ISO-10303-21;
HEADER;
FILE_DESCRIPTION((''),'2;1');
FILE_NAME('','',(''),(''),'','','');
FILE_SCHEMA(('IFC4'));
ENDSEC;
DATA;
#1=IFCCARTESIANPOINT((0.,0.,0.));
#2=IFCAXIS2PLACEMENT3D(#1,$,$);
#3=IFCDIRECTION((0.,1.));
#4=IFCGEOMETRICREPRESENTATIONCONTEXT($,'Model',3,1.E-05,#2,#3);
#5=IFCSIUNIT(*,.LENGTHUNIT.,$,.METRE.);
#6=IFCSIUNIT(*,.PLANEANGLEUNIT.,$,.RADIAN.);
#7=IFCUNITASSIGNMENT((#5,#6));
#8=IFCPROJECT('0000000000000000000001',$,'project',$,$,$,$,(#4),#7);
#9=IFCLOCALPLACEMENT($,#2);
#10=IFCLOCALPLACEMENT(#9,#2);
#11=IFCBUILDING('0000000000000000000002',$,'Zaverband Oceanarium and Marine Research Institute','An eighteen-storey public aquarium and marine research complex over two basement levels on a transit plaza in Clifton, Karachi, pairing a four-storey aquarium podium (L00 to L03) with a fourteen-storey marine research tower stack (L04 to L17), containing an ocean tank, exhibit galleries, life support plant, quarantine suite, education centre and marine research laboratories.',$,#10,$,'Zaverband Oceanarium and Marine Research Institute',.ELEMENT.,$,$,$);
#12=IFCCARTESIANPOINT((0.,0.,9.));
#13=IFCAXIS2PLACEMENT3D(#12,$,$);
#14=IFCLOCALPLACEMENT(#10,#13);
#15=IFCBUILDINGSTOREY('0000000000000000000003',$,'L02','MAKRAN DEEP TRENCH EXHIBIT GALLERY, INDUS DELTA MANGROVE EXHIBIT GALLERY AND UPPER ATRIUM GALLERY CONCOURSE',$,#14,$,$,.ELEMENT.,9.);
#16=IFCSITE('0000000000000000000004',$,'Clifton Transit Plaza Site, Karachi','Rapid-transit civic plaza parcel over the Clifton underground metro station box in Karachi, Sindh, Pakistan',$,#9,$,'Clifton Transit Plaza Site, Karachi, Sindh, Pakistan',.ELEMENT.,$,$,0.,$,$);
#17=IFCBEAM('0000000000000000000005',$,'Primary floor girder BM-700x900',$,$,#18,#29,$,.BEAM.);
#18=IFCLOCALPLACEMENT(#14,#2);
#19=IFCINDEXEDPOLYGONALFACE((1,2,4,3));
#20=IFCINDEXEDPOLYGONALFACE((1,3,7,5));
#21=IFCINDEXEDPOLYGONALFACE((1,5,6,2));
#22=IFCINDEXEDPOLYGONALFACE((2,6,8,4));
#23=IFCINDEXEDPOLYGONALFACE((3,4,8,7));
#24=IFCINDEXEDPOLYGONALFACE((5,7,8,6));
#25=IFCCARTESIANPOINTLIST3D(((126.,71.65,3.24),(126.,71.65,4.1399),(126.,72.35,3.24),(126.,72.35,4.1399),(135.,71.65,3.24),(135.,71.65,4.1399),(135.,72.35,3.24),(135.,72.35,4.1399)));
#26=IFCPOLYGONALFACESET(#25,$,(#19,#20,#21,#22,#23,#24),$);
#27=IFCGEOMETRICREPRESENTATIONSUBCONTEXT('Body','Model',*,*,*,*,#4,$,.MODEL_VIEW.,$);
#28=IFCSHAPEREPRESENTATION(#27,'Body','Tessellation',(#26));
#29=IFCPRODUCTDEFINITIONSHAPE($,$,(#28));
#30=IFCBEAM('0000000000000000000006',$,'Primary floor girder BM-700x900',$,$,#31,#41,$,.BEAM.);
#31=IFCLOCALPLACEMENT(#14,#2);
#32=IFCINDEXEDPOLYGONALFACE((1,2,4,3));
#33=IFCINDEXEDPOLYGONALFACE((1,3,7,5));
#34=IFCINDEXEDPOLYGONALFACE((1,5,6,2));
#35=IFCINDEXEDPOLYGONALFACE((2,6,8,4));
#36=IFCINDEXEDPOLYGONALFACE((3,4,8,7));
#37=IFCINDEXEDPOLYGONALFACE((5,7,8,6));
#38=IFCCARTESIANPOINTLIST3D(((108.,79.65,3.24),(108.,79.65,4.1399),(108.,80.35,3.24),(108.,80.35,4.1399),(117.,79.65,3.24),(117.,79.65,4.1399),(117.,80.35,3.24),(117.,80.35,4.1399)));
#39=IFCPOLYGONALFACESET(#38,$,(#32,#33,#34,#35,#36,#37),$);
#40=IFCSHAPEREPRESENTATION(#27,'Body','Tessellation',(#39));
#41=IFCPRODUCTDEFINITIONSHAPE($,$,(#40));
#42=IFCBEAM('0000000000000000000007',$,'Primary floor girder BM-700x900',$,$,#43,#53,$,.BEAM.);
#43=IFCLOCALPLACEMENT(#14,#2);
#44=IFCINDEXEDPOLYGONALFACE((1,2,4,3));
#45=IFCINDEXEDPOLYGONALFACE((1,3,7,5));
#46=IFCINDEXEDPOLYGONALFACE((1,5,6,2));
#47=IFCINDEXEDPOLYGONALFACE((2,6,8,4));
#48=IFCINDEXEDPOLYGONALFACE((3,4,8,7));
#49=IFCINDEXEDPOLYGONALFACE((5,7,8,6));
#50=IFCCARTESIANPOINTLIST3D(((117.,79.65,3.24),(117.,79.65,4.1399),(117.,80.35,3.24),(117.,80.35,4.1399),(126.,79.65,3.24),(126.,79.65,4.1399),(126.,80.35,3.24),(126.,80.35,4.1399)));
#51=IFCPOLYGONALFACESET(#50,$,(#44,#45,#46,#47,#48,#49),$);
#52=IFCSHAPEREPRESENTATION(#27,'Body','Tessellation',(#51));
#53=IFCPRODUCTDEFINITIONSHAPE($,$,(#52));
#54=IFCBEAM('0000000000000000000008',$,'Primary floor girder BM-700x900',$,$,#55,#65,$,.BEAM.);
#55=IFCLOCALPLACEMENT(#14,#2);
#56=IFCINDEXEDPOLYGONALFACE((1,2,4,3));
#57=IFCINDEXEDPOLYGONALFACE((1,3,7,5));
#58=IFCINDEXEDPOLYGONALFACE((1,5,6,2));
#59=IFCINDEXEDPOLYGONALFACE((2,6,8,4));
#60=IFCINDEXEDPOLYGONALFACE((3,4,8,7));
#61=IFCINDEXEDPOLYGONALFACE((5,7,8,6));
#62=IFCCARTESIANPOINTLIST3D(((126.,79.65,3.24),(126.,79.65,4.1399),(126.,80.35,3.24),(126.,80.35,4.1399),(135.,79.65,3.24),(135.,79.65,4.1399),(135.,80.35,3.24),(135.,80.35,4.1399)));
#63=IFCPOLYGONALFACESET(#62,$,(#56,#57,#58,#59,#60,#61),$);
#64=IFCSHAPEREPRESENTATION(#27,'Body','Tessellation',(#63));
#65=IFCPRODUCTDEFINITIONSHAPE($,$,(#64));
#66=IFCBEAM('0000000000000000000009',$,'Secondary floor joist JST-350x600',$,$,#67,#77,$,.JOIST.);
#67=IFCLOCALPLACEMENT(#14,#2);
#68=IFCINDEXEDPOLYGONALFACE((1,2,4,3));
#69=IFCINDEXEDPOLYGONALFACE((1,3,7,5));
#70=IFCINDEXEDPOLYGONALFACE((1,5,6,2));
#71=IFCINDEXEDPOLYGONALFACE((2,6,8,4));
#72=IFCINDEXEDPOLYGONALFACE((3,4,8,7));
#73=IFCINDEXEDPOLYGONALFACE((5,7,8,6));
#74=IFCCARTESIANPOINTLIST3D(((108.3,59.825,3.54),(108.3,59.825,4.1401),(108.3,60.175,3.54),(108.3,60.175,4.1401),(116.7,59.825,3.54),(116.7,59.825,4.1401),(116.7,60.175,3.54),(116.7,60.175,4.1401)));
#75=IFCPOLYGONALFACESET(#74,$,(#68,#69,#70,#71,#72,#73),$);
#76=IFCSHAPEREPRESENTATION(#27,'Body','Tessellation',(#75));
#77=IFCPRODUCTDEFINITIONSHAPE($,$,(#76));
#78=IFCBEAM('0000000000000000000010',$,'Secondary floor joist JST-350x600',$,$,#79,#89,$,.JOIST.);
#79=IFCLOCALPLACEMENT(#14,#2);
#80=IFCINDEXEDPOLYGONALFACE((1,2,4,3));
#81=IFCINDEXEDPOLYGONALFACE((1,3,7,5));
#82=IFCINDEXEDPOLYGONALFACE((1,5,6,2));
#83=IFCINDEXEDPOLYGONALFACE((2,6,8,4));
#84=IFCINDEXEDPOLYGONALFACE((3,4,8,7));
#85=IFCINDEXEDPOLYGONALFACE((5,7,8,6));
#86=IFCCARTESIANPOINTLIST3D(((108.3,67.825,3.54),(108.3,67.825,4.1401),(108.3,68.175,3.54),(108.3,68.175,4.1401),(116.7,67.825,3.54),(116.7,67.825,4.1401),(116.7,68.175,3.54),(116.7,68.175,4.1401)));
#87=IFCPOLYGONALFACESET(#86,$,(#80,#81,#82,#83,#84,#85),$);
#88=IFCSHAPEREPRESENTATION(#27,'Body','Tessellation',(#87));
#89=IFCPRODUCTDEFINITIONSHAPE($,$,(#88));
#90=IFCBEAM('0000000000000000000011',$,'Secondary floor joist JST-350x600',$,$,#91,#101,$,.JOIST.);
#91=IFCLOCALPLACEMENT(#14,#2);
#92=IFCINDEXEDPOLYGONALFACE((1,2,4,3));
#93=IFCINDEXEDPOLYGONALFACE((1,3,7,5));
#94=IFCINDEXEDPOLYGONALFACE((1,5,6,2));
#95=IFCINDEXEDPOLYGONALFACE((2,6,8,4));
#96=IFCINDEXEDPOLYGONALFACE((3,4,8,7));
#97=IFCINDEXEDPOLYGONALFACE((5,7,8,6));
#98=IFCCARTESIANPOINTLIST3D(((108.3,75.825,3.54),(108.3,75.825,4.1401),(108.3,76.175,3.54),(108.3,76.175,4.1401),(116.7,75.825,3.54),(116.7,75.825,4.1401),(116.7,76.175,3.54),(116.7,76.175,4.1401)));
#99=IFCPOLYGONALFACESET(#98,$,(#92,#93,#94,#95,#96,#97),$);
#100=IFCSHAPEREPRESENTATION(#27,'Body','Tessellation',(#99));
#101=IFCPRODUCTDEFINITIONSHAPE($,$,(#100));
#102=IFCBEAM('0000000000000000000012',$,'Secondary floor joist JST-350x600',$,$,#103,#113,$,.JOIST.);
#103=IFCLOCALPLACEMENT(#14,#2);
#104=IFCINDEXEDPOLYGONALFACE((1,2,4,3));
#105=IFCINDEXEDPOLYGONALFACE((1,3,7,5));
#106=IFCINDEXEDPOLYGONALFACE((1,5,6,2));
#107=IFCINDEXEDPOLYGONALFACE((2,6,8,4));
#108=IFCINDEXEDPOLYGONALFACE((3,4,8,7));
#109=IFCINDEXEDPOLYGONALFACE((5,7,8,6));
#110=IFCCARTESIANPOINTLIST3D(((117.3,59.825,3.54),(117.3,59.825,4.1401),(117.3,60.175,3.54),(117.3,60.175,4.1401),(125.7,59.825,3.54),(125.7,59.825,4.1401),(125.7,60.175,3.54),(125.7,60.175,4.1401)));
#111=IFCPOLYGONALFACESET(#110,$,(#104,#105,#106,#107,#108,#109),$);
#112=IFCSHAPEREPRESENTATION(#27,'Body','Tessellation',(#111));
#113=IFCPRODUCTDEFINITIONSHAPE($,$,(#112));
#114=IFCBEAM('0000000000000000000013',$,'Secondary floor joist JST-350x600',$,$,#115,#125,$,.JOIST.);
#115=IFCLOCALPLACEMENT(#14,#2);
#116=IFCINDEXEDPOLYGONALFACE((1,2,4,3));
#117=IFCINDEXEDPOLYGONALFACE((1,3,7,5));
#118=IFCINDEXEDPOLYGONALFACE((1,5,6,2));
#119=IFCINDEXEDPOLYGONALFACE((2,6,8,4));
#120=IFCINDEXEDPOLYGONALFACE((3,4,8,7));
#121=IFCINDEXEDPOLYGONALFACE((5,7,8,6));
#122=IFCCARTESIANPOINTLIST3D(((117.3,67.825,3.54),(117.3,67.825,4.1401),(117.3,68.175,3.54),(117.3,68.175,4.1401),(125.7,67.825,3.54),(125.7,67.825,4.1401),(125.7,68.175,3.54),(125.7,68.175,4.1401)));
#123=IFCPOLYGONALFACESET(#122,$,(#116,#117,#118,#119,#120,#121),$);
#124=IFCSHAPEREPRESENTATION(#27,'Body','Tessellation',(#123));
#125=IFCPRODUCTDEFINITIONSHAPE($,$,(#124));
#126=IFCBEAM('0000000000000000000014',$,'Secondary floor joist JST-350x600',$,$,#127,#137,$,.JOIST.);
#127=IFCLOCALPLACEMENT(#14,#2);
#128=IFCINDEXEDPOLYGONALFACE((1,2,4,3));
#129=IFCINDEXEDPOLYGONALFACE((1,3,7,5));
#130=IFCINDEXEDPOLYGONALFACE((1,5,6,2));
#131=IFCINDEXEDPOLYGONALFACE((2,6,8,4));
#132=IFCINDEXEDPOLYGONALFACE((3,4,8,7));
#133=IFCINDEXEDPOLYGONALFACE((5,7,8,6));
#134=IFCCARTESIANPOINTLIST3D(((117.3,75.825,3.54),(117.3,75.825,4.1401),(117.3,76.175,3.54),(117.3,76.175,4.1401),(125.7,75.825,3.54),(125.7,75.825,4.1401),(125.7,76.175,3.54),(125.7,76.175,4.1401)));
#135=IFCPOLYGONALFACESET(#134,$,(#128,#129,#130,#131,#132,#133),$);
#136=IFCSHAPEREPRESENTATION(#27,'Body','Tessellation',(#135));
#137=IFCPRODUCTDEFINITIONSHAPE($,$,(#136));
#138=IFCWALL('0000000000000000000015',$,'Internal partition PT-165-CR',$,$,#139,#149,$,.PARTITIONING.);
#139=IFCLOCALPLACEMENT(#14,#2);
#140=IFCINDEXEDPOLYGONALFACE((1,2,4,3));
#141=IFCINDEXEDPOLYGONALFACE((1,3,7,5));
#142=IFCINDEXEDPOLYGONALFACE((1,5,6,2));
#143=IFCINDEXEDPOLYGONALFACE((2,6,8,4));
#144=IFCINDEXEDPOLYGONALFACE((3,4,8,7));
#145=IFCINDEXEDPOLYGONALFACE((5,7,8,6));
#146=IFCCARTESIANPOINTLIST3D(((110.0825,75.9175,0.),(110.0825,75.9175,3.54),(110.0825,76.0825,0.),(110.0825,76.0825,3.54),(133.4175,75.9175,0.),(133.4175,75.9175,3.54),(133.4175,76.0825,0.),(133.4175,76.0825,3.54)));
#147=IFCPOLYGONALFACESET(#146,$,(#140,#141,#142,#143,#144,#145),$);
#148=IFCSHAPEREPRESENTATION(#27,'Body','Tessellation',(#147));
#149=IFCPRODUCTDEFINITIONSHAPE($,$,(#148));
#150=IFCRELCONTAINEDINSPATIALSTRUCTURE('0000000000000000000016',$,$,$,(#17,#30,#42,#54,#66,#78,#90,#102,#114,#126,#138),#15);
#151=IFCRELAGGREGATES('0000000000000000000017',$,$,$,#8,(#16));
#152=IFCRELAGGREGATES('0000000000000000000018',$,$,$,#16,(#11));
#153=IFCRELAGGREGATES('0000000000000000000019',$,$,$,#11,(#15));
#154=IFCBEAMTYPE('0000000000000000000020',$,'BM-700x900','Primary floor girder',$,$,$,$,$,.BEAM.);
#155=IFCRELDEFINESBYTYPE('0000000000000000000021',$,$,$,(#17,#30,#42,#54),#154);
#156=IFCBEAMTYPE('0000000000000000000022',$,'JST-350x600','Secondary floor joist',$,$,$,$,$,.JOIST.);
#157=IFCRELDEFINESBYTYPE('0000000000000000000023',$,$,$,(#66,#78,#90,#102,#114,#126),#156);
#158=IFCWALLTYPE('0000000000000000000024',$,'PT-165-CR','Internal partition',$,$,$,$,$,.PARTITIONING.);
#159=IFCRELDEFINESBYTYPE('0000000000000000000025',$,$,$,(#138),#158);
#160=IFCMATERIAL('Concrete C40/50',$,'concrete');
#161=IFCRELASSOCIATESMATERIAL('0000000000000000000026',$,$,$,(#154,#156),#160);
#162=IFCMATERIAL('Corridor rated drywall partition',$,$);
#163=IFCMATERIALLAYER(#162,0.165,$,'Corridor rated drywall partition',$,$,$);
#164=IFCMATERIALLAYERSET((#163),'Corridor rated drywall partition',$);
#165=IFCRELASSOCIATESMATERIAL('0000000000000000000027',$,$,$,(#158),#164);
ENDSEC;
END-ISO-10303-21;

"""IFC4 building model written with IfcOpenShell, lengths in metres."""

from ifc_helpers import new_model, si_unit, direction, frame, frame_2d, origin, origin_2d, place, context, subcontext, project, spatial, rectangle, extrude, material, layer, layer_set, material_profile, profile_set, type_object, element, save


model = new_model("IFC4")

# Units and contexts
model_context = context("Model", 3, precision=1e-05, world=origin(), true_north=direction((0.0, 1.0)))
body_context = subcontext(model_context, "Body", "Model", "MODEL_VIEW")
ifc_project = project(units=[si_unit("LENGTHUNIT", "METRE"), si_unit("PLANEANGLEUNIT", "RADIAN")], contexts=[model_context])

# Site, building, storey
site_placement = place(None, origin())
site = spatial("IfcSite", under=ifc_project, at=site_placement, Name="Clifton Transit Plaza Site, Karachi", Description="Rapid-transit civic plaza parcel over the Clifton underground metro station box in Karachi, Sindh, Pakistan", LongName="Clifton Transit Plaza Site, Karachi, Sindh, Pakistan", CompositionType="ELEMENT", RefElevation=0.0)
building_placement = place(site_placement, origin())
building = spatial("IfcBuilding", under=site, at=building_placement, Name="Zaverband Oceanarium and Marine Research Institute", Description="An eighteen-storey public aquarium and marine research complex over two basement levels on a transit plaza in Clifton, Karachi, pairing a four-storey aquarium podium (L00 to L03) with a fourteen-storey marine research tower stack (L04 to L17), containing an ocean tank, exhibit galleries, life support plant, quarantine suite, education centre and marine research laboratories.", LongName="Zaverband Oceanarium and Marine Research Institute", CompositionType="ELEMENT")
storey_placement = place(building_placement, frame((0.0, 0.0, 9.0)))
storey = spatial("IfcBuildingStorey", under=building, at=storey_placement, Name="L02", Description="MAKRAN DEEP TRENCH EXHIBIT GALLERY, INDUS DELTA MANGROVE EXHIBIT GALLERY AND UPPER ATRIUM GALLERY CONCOURSE", CompositionType="ELEMENT", Elevation=9.0)

# Beams
ifc_material_1 = material(Name="Concrete C40/50", Category="concrete")
ifc_material_profile_1 = material_profile(ifc_material_1, rectangle(XDim=0.7, YDim=0.8999, at=origin_2d()), Name="RC700x900")
ifc_profile_set_1 = profile_set([ifc_material_profile_1], Name="Concrete C40/50")
beam_type_1 = type_object("IfcBeamType", Name="BM-700x900", Description="Primary floor girder", PredefinedType="BEAM", material=ifc_profile_set_1)
for number, where, z_axis, x_axis, name in (
    (1, (126.0, 72.0, 3.6899), (1.0, 0.0, 0.0), (0.0, 1.0, 0.0), "Primary floor girder BM-700x900"),
    (2, (108.0, 80.0, 3.6899), (1.0, 0.0, 0.0), (0.0, 1.0, 0.0), "Primary floor girder BM-700x900"),
    (3, (117.0, 80.0, 3.6899), (1.0, 0.0, 0.0), (0.0, 1.0, 0.0), "Primary floor girder BM-700x900"),
    (4, (126.0, 80.0, 3.6899), (1.0, 0.0, 0.0), (0.0, 1.0, 0.0), "Primary floor girder BM-700x900"),
):
    element("IfcBeam", number, at=place(storey_placement, frame(where, z_axis=z_axis, x_axis=x_axis)), inside=storey, type_object=beam_type_1, Name=name, PredefinedType="BEAM", context=body_context, shape_type="SweptSolid", body=[
        extrude(rectangle(XDim=0.7, YDim=0.8999, at=origin_2d()), origin(), (0.0, 0.0, 1.0), 9.0),
    ])
ifc_material_profile_2 = material_profile(ifc_material_1, rectangle(XDim=0.3501, YDim=0.6001, at=origin_2d()), Name="RC350x600")
ifc_profile_set_2 = profile_set([ifc_material_profile_2], Name="Concrete C40/50")
beam_type_2 = type_object("IfcBeamType", Name="JST-350x600", Description="Secondary floor joist", PredefinedType="JOIST", material=ifc_profile_set_2)
for number, where, z_axis, x_axis, name in (
    (5, (108.3, 60.0, 3.8401), (1.0, 0.0, 0.0), (0.0, 1.0, 0.0), "Secondary floor joist JST-350x600"),
    (6, (108.3, 68.0, 3.8401), (1.0, 0.0, 0.0), (0.0, 1.0, 0.0), "Secondary floor joist JST-350x600"),
    (7, (108.3, 76.0, 3.8401), (1.0, 0.0, 0.0), (0.0, 1.0, 0.0), "Secondary floor joist JST-350x600"),
    (8, (117.3, 60.0, 3.8401), (1.0, 0.0, 0.0), (0.0, 1.0, 0.0), "Secondary floor joist JST-350x600"),
    (9, (117.3, 68.0, 3.8401), (1.0, 0.0, 0.0), (0.0, 1.0, 0.0), "Secondary floor joist JST-350x600"),
    (10, (117.3, 76.0, 3.8401), (1.0, 0.0, 0.0), (0.0, 1.0, 0.0), "Secondary floor joist JST-350x600"),
):
    element("IfcBeam", number, at=place(storey_placement, frame(where, z_axis=z_axis, x_axis=x_axis)), inside=storey, type_object=beam_type_2, Name=name, PredefinedType="JOIST", context=body_context, shape_type="SweptSolid", body=[
        extrude(rectangle(XDim=0.3501, YDim=0.6001, at=origin_2d()), origin(), (0.0, 0.0, 1.0), 8.3999),
    ])

# Wall
ifc_material_2 = material(Name="Corridor rated drywall partition")
ifc_layer = layer(ifc_material_2, 0.165, Name="Corridor rated drywall partition")
ifc_layer_set = layer_set([ifc_layer], Name="Corridor rated drywall partition")
wall_type = type_object("IfcWallType", Name="PT-165-CR", Description="Internal partition", PredefinedType="PARTITIONING", material=ifc_layer_set)
wall_placement = place(storey_placement, frame((110.0825, 76.0, 0.0), z_axis=(0.0, 0.0, 1.0), x_axis=(1.0, 0.0, 0.0)))
element("IfcWall", 11, at=wall_placement, inside=storey, type_object=wall_type, Name="Internal partition PT-165-CR", PredefinedType="PARTITIONING", context=body_context, shape_type="SweptSolid", body=[
    extrude(rectangle(XDim=23.335, YDim=0.165, at=frame_2d((11.6675, 0.0))), origin(), (0.0, 0.0, 1.0), 3.54),
])

save(model, "model.ifc")
